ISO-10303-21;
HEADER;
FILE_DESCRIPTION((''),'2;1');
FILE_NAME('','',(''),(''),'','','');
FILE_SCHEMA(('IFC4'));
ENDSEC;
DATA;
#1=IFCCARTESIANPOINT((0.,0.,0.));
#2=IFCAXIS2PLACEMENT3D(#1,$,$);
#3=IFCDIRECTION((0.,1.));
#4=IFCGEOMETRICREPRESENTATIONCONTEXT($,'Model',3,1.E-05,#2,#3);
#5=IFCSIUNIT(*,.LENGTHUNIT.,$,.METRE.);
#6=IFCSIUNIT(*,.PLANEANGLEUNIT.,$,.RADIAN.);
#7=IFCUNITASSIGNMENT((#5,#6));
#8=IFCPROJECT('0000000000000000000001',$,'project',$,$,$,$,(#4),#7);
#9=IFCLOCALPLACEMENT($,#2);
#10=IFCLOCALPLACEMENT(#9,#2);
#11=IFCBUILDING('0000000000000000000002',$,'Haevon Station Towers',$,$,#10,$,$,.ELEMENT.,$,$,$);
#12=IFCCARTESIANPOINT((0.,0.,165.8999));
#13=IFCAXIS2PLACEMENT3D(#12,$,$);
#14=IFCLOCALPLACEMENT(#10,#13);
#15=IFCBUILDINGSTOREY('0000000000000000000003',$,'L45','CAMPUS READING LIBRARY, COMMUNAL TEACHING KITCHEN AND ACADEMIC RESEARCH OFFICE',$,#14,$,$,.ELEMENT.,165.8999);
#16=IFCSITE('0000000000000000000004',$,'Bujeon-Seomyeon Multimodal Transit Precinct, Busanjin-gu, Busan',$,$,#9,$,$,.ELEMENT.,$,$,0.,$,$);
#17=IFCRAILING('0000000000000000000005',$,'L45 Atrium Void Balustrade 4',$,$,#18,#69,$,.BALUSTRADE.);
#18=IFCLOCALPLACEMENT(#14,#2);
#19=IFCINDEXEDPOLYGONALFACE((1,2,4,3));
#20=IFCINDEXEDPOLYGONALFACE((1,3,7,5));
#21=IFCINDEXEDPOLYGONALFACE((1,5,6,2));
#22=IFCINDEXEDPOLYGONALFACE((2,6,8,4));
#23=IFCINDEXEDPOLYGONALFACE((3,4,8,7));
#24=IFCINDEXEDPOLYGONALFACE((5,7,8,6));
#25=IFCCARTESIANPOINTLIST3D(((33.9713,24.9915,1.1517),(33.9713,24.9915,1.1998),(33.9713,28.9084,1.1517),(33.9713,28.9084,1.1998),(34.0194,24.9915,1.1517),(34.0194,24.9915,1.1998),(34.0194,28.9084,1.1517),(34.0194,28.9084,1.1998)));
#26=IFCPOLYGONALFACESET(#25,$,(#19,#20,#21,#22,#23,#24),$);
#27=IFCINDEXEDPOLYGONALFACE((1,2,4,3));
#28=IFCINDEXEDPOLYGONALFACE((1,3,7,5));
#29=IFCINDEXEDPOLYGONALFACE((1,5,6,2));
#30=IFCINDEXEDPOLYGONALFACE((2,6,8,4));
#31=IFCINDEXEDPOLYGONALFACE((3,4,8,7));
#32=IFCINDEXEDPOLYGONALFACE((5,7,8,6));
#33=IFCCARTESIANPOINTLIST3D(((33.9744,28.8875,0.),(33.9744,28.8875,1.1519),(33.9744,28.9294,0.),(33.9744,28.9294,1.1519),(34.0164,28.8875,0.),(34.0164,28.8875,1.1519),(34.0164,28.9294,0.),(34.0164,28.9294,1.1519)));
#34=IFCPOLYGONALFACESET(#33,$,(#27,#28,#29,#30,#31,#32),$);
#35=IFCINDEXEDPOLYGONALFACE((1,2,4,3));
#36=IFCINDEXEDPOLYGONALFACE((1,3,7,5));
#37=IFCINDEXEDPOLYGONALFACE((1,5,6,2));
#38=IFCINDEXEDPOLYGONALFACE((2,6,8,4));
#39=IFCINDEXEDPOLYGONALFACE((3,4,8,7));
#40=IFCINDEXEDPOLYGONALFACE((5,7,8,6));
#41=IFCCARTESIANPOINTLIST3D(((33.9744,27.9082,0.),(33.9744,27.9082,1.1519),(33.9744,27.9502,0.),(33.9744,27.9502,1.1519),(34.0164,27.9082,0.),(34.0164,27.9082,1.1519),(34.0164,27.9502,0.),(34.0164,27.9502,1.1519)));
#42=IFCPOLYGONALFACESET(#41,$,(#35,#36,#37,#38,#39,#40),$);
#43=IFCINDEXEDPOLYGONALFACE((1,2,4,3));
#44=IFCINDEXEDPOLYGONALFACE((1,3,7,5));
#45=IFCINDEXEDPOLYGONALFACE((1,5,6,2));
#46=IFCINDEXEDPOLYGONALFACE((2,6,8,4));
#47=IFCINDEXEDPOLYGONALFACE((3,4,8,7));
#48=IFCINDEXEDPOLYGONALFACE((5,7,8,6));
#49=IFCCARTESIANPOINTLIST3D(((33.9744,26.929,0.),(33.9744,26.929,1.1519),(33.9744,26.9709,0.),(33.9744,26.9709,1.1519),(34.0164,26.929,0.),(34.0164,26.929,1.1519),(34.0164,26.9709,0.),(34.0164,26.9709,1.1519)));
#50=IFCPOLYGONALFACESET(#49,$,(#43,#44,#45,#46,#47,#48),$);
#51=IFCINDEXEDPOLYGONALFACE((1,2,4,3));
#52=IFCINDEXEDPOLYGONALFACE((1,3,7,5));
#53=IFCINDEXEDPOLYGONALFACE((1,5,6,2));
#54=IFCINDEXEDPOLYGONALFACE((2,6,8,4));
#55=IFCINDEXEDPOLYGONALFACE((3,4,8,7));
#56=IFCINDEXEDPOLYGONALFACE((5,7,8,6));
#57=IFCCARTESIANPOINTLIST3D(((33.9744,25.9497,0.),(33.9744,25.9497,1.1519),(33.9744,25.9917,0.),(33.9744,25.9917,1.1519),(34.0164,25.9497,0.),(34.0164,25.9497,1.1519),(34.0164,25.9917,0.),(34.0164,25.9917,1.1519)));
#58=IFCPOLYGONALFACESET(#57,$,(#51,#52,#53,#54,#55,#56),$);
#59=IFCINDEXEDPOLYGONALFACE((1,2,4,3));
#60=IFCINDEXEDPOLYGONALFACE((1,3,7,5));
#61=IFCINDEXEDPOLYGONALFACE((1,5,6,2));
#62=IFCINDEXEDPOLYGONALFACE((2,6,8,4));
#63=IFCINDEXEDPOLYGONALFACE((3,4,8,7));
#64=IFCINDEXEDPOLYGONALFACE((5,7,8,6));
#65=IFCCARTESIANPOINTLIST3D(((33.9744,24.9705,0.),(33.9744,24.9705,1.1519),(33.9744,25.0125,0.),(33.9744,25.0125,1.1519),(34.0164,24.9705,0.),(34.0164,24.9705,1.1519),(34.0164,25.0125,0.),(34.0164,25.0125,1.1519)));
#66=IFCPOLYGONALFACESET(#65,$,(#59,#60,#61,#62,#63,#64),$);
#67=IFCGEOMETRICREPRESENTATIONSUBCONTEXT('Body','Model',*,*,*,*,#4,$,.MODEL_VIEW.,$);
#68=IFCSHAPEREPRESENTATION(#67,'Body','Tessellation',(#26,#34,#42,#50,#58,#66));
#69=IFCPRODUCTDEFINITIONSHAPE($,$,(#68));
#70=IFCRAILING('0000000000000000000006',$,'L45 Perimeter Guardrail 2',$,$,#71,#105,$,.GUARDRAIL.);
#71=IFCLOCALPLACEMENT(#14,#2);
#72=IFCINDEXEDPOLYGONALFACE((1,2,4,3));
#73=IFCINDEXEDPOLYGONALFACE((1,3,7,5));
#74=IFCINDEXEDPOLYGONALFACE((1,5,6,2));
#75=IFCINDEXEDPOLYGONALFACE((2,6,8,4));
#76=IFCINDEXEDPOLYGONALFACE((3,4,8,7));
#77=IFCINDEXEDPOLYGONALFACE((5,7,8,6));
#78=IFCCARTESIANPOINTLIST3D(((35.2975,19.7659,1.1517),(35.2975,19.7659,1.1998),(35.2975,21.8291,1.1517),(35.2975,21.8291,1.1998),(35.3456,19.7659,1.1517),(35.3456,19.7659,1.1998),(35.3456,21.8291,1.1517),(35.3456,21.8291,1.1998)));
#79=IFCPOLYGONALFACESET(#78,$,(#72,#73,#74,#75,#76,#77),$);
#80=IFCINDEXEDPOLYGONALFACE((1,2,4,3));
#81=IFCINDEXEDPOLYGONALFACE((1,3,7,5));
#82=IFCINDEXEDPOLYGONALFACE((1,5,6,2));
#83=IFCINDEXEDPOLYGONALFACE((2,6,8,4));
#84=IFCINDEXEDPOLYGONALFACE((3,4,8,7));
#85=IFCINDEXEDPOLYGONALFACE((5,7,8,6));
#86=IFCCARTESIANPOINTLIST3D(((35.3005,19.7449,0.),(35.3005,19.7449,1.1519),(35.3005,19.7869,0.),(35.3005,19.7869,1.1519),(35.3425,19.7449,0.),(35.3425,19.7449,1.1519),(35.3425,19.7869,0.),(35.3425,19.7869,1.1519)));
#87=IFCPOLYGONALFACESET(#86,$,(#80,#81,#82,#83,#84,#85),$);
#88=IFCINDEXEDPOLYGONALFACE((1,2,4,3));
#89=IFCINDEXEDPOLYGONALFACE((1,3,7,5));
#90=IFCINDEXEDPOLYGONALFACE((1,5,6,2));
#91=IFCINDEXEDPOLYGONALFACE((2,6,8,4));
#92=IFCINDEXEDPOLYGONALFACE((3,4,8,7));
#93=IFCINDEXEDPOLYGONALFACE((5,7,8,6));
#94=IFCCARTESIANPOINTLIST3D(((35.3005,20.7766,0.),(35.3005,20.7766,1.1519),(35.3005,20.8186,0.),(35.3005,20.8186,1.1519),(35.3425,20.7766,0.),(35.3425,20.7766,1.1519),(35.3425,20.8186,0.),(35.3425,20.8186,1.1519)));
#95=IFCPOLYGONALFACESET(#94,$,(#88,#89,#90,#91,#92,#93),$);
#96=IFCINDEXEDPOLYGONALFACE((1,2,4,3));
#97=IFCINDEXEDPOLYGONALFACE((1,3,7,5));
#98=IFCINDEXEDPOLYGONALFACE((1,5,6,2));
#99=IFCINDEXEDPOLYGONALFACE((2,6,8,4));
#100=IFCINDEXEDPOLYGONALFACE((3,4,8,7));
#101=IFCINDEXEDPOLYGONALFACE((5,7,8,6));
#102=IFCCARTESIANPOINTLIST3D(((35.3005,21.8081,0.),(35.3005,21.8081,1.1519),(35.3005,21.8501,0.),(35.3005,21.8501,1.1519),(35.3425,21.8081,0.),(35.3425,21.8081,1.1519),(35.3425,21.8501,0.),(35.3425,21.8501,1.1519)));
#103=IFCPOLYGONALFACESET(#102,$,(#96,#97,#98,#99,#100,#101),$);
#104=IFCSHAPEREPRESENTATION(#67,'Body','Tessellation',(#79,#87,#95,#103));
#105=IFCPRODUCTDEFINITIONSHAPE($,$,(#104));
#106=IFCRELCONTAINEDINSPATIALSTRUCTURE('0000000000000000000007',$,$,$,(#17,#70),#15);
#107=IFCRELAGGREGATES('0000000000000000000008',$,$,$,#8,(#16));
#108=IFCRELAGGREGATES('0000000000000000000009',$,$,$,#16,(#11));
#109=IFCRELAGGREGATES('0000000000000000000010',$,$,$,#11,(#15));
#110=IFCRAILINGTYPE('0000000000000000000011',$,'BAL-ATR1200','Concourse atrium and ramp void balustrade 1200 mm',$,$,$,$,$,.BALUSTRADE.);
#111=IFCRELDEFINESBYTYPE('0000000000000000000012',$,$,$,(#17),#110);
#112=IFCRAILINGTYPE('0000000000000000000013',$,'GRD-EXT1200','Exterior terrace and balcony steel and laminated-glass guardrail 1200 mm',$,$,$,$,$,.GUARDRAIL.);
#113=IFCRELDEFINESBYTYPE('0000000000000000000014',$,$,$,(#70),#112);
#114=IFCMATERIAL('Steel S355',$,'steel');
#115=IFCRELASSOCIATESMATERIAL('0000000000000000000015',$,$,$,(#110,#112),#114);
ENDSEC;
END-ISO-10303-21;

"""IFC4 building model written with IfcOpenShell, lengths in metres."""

from ifc_helpers import new_model, si_unit, direction, frame, origin, origin_2d, place, context, subcontext, project, spatial, rectangle, extrude, material, type_object, element, save


model = new_model("IFC4")

# Units and contexts
model_context = context("Model", 3, precision=1e-05, world=origin(), true_north=direction((0.0, 1.0)))
body_context = subcontext(model_context, "Body", "Model", "MODEL_VIEW")
ifc_project = project(units=[si_unit("LENGTHUNIT", "METRE"), si_unit("PLANEANGLEUNIT", "RADIAN")], contexts=[model_context])

# Site, building, storey
site_placement = place(None, origin())
site = spatial("IfcSite", under=ifc_project, at=site_placement, Name="Bujeon-Seomyeon Multimodal Transit Precinct, Busanjin-gu, Busan", CompositionType="ELEMENT", RefElevation=0.0)
building_placement = place(site_placement, origin())
building = spatial("IfcBuilding", under=site, at=building_placement, Name="Haevon Station Towers", CompositionType="ELEMENT")
storey_placement = place(building_placement, frame((0.0, 0.0, 165.8999)))
storey = spatial("IfcBuildingStorey", under=building, at=storey_placement, Name="L45", Description="CAMPUS READING LIBRARY, COMMUNAL TEACHING KITCHEN AND ACADEMIC RESEARCH OFFICE", CompositionType="ELEMENT", Elevation=165.8999)

# Shared definitions
ifc_material_1 = material(Name="Steel S355", Category="steel")

# Railings
railing_type_1 = type_object("IfcRailingType", Name="BAL-ATR1200", Description="Concourse atrium and ramp void balustrade 1200 mm", PredefinedType="BALUSTRADE", material=ifc_material_1)
railing_1_placement = place(storey_placement, frame((33.9954, 28.9084, 0.0)))
element("IfcRailing", 1, at=railing_1_placement, inside=storey, type_object=railing_type_1, Name="L45 Atrium Void Balustrade 4", PredefinedType="BALUSTRADE", context=body_context, shape_type="SweptSolid", body=[
    extrude(rectangle(XDim=0.0481, YDim=0.0481, at=origin_2d()), frame((0.0, 0.0, 1.1758), z_axis=(0.0, -1.0, 0.0), x_axis=(1.0, 0.0, 0.0)), (0.0, 0.0, 1.0), 3.917),
    extrude(rectangle(XDim=0.042, YDim=0.042, at=origin_2d()), origin(), (0.0, 0.0, 1.0), 1.1519),
    extrude(rectangle(XDim=0.042, YDim=0.042, at=origin_2d()), frame((0.0, -0.9792, 0.0)), (0.0, 0.0, 1.0), 1.1519),
    extrude(rectangle(XDim=0.042, YDim=0.042, at=origin_2d()), frame((0.0, -1.9585, 0.0)), (0.0, 0.0, 1.0), 1.1519),
    extrude(rectangle(XDim=0.042, YDim=0.042, at=origin_2d()), frame((0.0, -2.9377, 0.0)), (0.0, 0.0, 1.0), 1.1519),
    extrude(rectangle(XDim=0.042, YDim=0.042, at=origin_2d()), frame((0.0, -3.917, 0.0)), (0.0, 0.0, 1.0), 1.1519),
])
railing_type_2 = type_object("IfcRailingType", Name="GRD-EXT1200", Description="Exterior terrace and balcony steel and laminated-glass guardrail 1200 mm", PredefinedType="GUARDRAIL", material=ifc_material_1)
railing_2_placement = place(storey_placement, frame((35.3215, 19.7659, 0.0)))
element("IfcRailing", 2, at=railing_2_placement, inside=storey, type_object=railing_type_2, Name="L45 Perimeter Guardrail 2", PredefinedType="GUARDRAIL", context=body_context, shape_type="SweptSolid", body=[
    extrude(rectangle(XDim=0.0481, YDim=0.0481, at=origin_2d()), frame((0.0, 0.0, 1.1758), z_axis=(0.0, 1.0, 0.0), x_axis=(-1.0, 0.0, 0.0)), (0.0, 0.0, 1.0), 2.0632),
    extrude(rectangle(XDim=0.042, YDim=0.042, at=origin_2d()), origin(), (0.0, 0.0, 1.0), 1.1519),
    extrude(rectangle(XDim=0.042, YDim=0.042, at=origin_2d()), frame((0.0, 1.0317, 0.0)), (0.0, 0.0, 1.0), 1.1519),
    extrude(rectangle(XDim=0.042, YDim=0.042, at=origin_2d()), frame((0.0, 2.0632, 0.0)), (0.0, 0.0, 1.0), 1.1519),
])

save(model, "model.ifc")
